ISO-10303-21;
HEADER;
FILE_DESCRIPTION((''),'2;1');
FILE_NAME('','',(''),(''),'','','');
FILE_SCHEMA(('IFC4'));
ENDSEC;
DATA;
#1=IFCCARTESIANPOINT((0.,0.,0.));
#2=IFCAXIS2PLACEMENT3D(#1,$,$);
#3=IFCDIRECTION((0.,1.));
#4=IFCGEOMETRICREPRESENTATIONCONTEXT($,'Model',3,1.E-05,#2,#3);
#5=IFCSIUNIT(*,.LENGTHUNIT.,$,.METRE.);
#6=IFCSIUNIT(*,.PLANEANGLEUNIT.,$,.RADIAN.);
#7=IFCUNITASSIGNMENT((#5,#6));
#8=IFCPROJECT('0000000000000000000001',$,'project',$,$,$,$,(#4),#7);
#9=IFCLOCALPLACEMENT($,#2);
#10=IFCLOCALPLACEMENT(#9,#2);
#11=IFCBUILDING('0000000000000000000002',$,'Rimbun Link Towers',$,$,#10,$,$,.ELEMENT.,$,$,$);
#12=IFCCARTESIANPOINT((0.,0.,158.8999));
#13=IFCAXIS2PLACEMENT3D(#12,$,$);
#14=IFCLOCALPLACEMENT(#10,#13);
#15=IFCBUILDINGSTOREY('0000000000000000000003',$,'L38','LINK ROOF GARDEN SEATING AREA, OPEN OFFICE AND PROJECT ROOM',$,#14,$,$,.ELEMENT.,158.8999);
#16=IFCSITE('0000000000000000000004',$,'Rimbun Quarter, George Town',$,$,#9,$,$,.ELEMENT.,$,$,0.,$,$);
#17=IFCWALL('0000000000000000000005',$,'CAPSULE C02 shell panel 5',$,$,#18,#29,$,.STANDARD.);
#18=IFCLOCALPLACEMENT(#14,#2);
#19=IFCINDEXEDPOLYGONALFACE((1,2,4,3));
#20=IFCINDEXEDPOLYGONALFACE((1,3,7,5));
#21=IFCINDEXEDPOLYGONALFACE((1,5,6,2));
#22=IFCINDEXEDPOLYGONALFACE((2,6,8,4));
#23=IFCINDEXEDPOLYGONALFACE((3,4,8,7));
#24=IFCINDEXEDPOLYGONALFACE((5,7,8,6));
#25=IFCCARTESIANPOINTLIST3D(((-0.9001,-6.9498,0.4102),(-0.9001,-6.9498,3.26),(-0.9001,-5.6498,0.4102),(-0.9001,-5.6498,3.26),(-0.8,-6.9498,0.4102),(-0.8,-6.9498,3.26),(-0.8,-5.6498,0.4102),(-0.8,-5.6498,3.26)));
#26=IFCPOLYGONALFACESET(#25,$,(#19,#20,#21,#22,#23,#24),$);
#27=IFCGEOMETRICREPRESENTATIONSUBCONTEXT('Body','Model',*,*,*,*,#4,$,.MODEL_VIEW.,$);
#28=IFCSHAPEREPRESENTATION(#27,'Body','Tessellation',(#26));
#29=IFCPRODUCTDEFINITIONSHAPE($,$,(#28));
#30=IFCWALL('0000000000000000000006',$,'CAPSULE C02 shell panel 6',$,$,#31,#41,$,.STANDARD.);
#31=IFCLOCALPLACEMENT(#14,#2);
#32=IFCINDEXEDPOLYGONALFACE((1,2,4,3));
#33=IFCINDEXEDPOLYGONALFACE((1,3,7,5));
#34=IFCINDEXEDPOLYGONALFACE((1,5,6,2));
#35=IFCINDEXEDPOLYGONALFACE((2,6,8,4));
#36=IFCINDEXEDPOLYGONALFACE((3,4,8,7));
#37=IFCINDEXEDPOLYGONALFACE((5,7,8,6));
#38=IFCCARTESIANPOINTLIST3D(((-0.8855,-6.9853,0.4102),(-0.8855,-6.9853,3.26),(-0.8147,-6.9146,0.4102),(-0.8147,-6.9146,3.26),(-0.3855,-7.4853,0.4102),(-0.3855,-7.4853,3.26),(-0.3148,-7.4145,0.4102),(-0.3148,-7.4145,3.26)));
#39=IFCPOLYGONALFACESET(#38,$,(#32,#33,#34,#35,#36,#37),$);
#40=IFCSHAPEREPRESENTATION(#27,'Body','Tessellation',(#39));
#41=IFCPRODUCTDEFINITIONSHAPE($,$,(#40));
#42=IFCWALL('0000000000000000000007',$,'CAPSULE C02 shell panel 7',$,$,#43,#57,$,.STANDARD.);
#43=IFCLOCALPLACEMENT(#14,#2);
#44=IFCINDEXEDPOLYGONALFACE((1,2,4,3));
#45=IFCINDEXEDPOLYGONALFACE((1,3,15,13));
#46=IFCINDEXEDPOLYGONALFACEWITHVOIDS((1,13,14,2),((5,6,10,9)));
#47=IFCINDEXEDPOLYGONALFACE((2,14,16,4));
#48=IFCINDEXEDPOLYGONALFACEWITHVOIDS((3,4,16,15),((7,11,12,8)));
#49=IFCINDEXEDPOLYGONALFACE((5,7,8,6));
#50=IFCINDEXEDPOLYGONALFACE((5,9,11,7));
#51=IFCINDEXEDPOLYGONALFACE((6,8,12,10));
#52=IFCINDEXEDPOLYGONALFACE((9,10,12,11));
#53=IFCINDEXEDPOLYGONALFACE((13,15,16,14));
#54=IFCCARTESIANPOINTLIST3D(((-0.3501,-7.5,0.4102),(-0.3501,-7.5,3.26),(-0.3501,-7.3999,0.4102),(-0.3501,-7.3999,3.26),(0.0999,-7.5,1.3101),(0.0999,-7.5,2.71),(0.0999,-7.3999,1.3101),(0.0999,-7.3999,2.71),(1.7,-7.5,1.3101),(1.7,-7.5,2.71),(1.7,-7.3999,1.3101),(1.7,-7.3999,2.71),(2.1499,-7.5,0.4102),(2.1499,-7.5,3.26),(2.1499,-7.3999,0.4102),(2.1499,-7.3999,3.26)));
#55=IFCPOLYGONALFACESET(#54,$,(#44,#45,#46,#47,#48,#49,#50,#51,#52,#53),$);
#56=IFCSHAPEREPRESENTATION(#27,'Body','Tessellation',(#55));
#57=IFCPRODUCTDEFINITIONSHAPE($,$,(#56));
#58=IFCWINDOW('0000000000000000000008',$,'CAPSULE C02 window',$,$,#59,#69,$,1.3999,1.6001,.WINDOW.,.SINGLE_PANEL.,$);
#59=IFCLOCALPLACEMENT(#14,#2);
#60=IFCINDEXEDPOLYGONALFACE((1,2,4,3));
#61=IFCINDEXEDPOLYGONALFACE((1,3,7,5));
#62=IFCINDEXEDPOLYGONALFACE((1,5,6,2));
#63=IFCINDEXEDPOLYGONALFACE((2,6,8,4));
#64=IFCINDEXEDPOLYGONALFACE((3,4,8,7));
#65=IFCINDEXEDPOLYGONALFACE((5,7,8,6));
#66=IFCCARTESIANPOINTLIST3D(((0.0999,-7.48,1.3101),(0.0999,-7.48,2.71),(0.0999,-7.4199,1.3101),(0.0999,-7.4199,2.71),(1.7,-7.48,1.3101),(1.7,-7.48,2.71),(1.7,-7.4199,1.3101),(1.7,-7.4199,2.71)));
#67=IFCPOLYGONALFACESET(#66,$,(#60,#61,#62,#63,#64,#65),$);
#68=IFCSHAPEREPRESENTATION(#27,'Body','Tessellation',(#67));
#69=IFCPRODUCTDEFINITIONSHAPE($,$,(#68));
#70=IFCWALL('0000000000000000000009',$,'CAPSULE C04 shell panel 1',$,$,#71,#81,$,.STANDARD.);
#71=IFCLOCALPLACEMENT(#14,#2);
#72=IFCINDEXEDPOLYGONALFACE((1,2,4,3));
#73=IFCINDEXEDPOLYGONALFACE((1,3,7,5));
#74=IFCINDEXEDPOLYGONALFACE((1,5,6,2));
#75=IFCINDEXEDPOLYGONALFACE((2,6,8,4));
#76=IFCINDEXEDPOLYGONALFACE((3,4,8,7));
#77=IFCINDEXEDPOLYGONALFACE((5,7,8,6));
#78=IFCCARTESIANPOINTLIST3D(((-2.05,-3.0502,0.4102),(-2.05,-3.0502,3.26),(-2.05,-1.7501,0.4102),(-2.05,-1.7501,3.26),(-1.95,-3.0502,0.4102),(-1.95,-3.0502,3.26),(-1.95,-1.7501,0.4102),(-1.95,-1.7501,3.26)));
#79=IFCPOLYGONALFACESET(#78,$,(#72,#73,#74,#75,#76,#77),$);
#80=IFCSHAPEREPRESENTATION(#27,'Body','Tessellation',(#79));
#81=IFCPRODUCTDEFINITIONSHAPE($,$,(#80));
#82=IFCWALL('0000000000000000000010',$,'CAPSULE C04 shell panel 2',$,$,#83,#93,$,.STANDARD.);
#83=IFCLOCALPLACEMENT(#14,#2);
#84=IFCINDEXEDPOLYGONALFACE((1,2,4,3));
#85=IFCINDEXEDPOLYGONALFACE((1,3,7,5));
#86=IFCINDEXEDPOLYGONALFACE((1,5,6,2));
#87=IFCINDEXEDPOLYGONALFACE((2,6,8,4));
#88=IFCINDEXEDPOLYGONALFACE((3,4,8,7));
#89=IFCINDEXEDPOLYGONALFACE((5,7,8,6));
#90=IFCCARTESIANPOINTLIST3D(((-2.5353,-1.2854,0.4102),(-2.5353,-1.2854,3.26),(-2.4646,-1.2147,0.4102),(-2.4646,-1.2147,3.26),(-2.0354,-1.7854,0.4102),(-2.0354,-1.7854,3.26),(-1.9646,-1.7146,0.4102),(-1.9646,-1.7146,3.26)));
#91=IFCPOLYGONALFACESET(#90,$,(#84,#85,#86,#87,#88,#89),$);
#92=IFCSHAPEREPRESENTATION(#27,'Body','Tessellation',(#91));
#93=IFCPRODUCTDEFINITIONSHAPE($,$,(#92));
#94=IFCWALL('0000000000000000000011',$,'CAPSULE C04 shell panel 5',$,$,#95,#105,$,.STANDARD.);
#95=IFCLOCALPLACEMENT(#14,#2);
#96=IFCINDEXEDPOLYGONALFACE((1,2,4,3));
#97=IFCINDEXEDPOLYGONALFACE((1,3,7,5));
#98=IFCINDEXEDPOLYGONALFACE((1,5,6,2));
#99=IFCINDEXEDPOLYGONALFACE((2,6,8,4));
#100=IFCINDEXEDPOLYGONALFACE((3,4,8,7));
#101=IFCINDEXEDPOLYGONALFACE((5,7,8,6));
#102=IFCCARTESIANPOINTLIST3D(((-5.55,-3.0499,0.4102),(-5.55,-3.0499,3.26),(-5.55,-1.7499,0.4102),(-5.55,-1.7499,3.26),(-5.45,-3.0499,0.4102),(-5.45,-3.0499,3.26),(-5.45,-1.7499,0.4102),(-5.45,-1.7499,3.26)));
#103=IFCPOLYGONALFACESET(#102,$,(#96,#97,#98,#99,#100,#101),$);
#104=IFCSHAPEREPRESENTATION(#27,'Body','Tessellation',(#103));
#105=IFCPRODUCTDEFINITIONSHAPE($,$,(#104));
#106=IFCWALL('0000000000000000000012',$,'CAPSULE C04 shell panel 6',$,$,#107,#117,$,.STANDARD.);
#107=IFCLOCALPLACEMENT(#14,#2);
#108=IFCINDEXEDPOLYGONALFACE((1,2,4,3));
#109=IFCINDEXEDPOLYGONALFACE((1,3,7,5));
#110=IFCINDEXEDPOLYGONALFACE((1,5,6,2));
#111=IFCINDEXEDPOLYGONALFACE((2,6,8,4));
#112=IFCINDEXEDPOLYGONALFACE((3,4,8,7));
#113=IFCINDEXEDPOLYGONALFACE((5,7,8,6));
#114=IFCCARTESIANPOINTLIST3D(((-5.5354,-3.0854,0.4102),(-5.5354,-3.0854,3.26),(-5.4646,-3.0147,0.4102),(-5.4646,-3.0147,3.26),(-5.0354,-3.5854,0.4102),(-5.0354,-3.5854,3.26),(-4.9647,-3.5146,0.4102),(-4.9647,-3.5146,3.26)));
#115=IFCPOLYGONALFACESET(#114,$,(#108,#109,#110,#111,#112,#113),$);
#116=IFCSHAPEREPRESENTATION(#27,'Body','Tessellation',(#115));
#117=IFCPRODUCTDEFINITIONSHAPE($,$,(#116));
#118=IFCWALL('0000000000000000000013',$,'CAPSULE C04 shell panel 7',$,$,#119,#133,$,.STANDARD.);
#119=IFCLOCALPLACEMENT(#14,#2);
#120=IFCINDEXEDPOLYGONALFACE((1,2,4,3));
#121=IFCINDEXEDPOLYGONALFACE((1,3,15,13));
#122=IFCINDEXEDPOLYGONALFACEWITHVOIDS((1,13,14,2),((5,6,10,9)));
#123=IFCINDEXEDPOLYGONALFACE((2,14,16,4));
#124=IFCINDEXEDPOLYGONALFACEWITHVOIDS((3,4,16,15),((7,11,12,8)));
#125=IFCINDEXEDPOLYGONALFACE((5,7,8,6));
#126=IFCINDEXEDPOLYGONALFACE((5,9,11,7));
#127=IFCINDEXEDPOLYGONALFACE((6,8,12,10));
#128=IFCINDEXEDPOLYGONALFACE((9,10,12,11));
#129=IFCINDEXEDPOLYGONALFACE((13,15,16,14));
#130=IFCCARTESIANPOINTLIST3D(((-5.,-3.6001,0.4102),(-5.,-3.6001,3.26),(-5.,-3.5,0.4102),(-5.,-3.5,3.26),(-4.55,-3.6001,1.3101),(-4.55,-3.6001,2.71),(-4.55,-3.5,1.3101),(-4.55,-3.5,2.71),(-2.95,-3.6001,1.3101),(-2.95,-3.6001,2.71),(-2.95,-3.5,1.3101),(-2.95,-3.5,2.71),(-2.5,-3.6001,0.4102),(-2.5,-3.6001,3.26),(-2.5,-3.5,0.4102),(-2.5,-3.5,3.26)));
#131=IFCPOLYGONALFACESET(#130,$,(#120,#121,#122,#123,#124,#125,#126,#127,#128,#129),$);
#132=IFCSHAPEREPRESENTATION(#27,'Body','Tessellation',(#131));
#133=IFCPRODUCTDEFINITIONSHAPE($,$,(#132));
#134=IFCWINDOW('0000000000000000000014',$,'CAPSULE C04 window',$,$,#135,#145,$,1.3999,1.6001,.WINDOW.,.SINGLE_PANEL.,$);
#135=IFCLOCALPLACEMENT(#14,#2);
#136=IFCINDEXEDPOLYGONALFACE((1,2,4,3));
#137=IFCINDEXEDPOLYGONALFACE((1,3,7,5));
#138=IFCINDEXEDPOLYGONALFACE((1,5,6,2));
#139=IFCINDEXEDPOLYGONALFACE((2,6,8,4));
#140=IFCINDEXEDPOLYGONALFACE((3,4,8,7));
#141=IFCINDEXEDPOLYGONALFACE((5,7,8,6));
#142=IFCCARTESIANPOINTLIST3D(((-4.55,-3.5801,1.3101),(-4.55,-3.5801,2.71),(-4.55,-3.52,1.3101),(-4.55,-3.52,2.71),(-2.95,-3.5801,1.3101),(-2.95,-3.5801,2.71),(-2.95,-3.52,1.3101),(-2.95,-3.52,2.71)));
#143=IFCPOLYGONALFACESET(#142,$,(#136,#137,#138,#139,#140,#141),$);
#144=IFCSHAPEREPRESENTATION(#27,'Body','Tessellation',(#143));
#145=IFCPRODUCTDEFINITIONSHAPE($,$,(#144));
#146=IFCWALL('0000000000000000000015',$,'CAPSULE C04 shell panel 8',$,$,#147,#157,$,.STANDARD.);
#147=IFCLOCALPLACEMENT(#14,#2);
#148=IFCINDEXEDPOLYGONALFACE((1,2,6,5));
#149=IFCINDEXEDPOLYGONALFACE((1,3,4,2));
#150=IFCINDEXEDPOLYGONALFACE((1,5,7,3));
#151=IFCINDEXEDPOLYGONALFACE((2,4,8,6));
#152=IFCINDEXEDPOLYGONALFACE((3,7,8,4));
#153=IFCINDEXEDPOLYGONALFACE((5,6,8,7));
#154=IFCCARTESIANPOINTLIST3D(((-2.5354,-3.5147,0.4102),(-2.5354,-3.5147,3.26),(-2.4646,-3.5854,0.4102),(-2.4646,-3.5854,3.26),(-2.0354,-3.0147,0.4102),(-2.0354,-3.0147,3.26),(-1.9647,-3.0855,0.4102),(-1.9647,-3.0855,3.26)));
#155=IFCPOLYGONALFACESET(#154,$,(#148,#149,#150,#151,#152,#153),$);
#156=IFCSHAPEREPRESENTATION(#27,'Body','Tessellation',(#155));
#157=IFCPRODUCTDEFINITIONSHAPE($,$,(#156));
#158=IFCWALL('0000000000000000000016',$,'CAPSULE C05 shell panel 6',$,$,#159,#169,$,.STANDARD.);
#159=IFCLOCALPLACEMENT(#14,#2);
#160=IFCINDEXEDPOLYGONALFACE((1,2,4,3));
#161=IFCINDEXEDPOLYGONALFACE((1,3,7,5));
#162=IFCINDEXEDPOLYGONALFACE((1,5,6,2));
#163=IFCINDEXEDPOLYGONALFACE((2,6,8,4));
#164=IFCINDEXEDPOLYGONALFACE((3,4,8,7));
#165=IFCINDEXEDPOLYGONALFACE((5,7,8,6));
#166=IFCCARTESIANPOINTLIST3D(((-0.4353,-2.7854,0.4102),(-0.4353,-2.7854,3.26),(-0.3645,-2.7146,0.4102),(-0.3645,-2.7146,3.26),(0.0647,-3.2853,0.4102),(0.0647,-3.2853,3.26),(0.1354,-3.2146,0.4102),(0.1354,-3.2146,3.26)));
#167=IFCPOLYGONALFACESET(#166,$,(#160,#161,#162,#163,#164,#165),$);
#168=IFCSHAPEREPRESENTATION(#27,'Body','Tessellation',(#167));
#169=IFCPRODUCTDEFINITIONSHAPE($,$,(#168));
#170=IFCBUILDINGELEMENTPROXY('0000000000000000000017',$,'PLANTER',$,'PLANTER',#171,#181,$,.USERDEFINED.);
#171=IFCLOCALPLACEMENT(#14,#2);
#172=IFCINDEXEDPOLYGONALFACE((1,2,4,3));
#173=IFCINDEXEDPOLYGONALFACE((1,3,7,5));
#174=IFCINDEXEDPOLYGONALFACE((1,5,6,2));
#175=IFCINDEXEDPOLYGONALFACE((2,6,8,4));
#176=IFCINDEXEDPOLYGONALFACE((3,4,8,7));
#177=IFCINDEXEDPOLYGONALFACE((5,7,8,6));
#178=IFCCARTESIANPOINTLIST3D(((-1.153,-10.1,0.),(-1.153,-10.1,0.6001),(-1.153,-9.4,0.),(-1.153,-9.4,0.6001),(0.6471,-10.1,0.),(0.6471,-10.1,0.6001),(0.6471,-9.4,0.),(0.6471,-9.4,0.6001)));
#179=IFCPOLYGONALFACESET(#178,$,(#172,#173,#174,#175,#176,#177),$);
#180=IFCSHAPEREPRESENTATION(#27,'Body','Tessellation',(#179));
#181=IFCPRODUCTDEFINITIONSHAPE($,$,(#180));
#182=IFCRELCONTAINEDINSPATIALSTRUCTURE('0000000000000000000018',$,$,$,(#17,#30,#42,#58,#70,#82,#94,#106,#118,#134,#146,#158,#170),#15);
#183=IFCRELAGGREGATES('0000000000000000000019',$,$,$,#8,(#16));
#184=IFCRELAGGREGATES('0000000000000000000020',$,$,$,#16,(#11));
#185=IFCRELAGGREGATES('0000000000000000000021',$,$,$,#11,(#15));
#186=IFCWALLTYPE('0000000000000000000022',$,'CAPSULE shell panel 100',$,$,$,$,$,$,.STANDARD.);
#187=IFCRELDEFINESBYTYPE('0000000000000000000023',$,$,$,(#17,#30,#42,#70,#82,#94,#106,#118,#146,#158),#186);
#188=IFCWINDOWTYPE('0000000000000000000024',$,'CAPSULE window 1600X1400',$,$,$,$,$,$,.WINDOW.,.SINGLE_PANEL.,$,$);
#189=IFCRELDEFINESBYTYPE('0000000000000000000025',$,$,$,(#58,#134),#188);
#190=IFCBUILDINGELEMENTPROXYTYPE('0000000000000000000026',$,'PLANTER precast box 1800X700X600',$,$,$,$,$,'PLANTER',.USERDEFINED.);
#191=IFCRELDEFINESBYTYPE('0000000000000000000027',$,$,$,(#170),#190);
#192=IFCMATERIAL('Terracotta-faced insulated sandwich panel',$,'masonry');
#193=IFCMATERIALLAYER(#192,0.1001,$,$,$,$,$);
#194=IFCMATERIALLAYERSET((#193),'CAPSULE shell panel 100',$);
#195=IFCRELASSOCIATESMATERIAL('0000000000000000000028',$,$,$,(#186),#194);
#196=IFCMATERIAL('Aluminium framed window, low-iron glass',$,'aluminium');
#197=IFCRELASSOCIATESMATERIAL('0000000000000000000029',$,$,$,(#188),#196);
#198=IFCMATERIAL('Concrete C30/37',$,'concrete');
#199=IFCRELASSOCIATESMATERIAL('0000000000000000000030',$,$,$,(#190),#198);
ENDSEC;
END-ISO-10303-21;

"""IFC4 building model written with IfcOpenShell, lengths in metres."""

from ifc_helpers import new_model, si_unit, direction, frame, frame_2d, origin, origin_2d, place, context, subcontext, project, spatial, rectangle, extrude, material, layer, layer_set, type_object, element, fill, save


model = new_model("IFC4")

# Units and contexts
model_context = context("Model", 3, precision=1e-05, world=origin(), true_north=direction((0.0, 1.0)))
body_context = subcontext(model_context, "Body", "Model", "MODEL_VIEW")
ifc_project = project(units=[si_unit("LENGTHUNIT", "METRE"), si_unit("PLANEANGLEUNIT", "RADIAN")], contexts=[model_context])

# Site, building, storey
site_placement = place(None, origin())
site = spatial("IfcSite", under=ifc_project, at=site_placement, Name="Rimbun Quarter, George Town", CompositionType="ELEMENT", RefElevation=0.0)
building_placement = place(site_placement, origin())
building = spatial("IfcBuilding", under=site, at=building_placement, Name="Rimbun Link Towers", CompositionType="ELEMENT")
storey_placement = place(building_placement, frame((0.0, 0.0, 158.8999)))
storey = spatial("IfcBuildingStorey", under=building, at=storey_placement, Name="L38", Description="LINK ROOF GARDEN SEATING AREA, OPEN OFFICE AND PROJECT ROOM", CompositionType="ELEMENT", Elevation=158.8999)

# Shared definitions
ifc_material_1 = material(Name="Terracotta-faced insulated sandwich panel", Category="masonry")
ifc_layer_1 = layer(ifc_material_1, 0.1001)
ifc_layer_set_1 = layer_set([ifc_layer_1], Name="CAPSULE shell panel 100")
wall_type_1 = type_object("IfcWallType", Name="CAPSULE shell panel 100", PredefinedType="STANDARD", material=ifc_layer_set_1)

# Shared definitions
ifc_material_2 = material(Name="Aluminium framed window, low-iron glass", Category="aluminium")
window_type = type_object("IfcWindowType", Name="CAPSULE window 1600X1400", PartitioningType="SINGLE_PANEL", PredefinedType="WINDOW", material=ifc_material_2)

# Walls
wall_1_placement = place(storey_placement, frame((-0.8501, -5.6499, 0.4102), z_axis=(0.0, 0.0, 1.0), x_axis=(0.0, -1.0, 0.0)))
element("IfcWall", 1, at=wall_1_placement, inside=storey, type_object=wall_type_1, Name="CAPSULE C02 shell panel 5", PredefinedType="STANDARD", context=body_context, shape_type="SweptSolid", body=[
    extrude(rectangle(XDim=1.3, YDim=0.1001, at=frame_2d((0.6499, 0.0))), origin(), (0.0, 0.0, 1.0), 2.8499),
])
wall_2_placement = place(storey_placement, frame((-0.8501, -6.95, 0.4102), z_axis=(0.0, 0.0, 1.0), x_axis=(0.707107, -0.707107, 0.0)))
element("IfcWall", 2, at=wall_2_placement, inside=storey, type_object=wall_type_1, Name="CAPSULE C02 shell panel 6", PredefinedType="STANDARD", context=body_context, shape_type="SweptSolid", body=[
    extrude(rectangle(XDim=0.707, YDim=0.1001, at=frame_2d((0.3535, 0.0))), origin(), (0.0, 0.0, 1.0), 2.8499),
])

# Wall, opening, window
wall_3_placement = place(storey_placement, frame((-0.3501, -7.45, 0.4102), z_axis=(0.0, 0.0, 1.0), x_axis=(1.0, 0.0, 0.0)))
wall_3 = element("IfcWall", 3, at=wall_3_placement, inside=storey, type_object=wall_type_1, Name="CAPSULE C02 shell panel 7", PredefinedType="STANDARD", context=body_context, shape_type="SweptSolid", body=[
    extrude(rectangle(XDim=2.5, YDim=0.1001, at=frame_2d((1.25, 0.0))), origin(), (0.0, 0.0, 1.0), 2.8499),
])
opening_1_placement = place(wall_3_placement, frame((0.45, 0.0, 0.8999)))
opening_1 = element("IfcOpeningElement", 4, at=opening_1_placement, cuts=wall_3, PredefinedType="OPENING", context=body_context, shape_type="SweptSolid", body=[
    extrude(rectangle(XDim=1.6001, YDim=1.3999, at=frame_2d((0.8, 0.7))), frame((0.0, 0.0601, 0.0), z_axis=(0.0, -1.0, 0.0), x_axis=(1.0, 0.0, 0.0)), (0.0, 0.0, 1.0), 0.1201),
])
window_1_placement = place(opening_1_placement, origin())
window_1 = element("IfcWindow", 5, at=window_1_placement, inside=storey, type_object=window_type, Name="CAPSULE C02 window", OverallHeight=1.3999, OverallWidth=1.6001, PartitioningType="SINGLE_PANEL", PredefinedType="WINDOW", context=body_context, shape_type="SweptSolid", body=[
    extrude(rectangle(XDim=1.6001, YDim=1.3999, at=frame_2d((0.8, 0.7))), frame((0.0, 0.03, 0.0), z_axis=(0.0, -1.0, 0.0), x_axis=(1.0, 0.0, 0.0)), (0.0, 0.0, 1.0), 0.0601),
])
fill(opening_1, window_1)

# Walls
wall_4_placement = place(storey_placement, frame((-2.0, -3.05, 0.4102), z_axis=(0.0, 0.0, 1.0), x_axis=(0.0, 1.0, 0.0)))
element("IfcWall", 6, at=wall_4_placement, inside=storey, type_object=wall_type_1, Name="CAPSULE C04 shell panel 1", PredefinedType="STANDARD", context=body_context, shape_type="SweptSolid", body=[
    extrude(rectangle(XDim=1.3, YDim=0.1001, at=frame_2d((0.6499, 0.0))), origin(), (0.0, 0.0, 1.0), 2.8499),
])
wall_5_placement = place(storey_placement, frame((-2.0, -1.75, 0.4102), z_axis=(0.0, 0.0, 1.0), x_axis=(-0.707107, 0.707107, 0.0)))
element("IfcWall", 7, at=wall_5_placement, inside=storey, type_object=wall_type_1, Name="CAPSULE C04 shell panel 2", PredefinedType="STANDARD", context=body_context, shape_type="SweptSolid", body=[
    extrude(rectangle(XDim=0.707, YDim=0.1001, at=frame_2d((0.3535, 0.0))), origin(), (0.0, 0.0, 1.0), 2.8499),
])
wall_6_placement = place(storey_placement, frame((-5.5, -1.75, 0.4102), z_axis=(0.0, 0.0, 1.0), x_axis=(0.0, -1.0, 0.0)))
element("IfcWall", 8, at=wall_6_placement, inside=storey, type_object=wall_type_1, Name="CAPSULE C04 shell panel 5", PredefinedType="STANDARD", context=body_context, shape_type="SweptSolid", body=[
    extrude(rectangle(XDim=1.3, YDim=0.1001, at=frame_2d((0.6499, 0.0))), origin(), (0.0, 0.0, 1.0), 2.8499),
])
wall_7_placement = place(storey_placement, frame((-5.5, -3.05, 0.4102), z_axis=(0.0, 0.0, 1.0), x_axis=(0.707107, -0.707107, 0.0)))
element("IfcWall", 9, at=wall_7_placement, inside=storey, type_object=wall_type_1, Name="CAPSULE C04 shell panel 6", PredefinedType="STANDARD", context=body_context, shape_type="SweptSolid", body=[
    extrude(rectangle(XDim=0.707, YDim=0.1001, at=frame_2d((0.3535, 0.0))), origin(), (0.0, 0.0, 1.0), 2.8499),
])

# Wall, opening, window
wall_8_placement = place(storey_placement, frame((-5.0, -3.55, 0.4102), z_axis=(0.0, 0.0, 1.0), x_axis=(1.0, 0.0, 0.0)))
wall_8 = element("IfcWall", 10, at=wall_8_placement, inside=storey, type_object=wall_type_1, Name="CAPSULE C04 shell panel 7", PredefinedType="STANDARD", context=body_context, shape_type="SweptSolid", body=[
    extrude(rectangle(XDim=2.5, YDim=0.1001, at=frame_2d((1.25, 0.0))), origin(), (0.0, 0.0, 1.0), 2.8499),
])
opening_2_placement = place(wall_8_placement, frame((0.45, 0.0, 0.8999)))
opening_2 = element("IfcOpeningElement", 11, at=opening_2_placement, cuts=wall_8, PredefinedType="OPENING", context=body_context, shape_type="SweptSolid", body=[
    extrude(rectangle(XDim=1.6001, YDim=1.3999, at=frame_2d((0.8, 0.7))), frame((0.0, 0.0601, 0.0), z_axis=(0.0, -1.0, 0.0), x_axis=(1.0, 0.0, 0.0)), (0.0, 0.0, 1.0), 0.1201),
])
window_2_placement = place(opening_2_placement, origin())
window_2 = element("IfcWindow", 12, at=window_2_placement, inside=storey, type_object=window_type, Name="CAPSULE C04 window", OverallHeight=1.3999, OverallWidth=1.6001, PartitioningType="SINGLE_PANEL", PredefinedType="WINDOW", context=body_context, shape_type="SweptSolid", body=[
    extrude(rectangle(XDim=1.6001, YDim=1.3999, at=frame_2d((0.8, 0.7))), frame((0.0, 0.03, 0.0), z_axis=(0.0, -1.0, 0.0), x_axis=(1.0, 0.0, 0.0)), (0.0, 0.0, 1.0), 0.0601),
])
fill(opening_2, window_2)

# Walls
for number, where, z_axis, x_axis, name in (
    (13, (-2.5, -3.55, 0.4102), (0.0, 0.0, 1.0), (0.707107, 0.707107, 0.0), "CAPSULE C04 shell panel 8"),
    (14, (-0.3999, -2.75, 0.4102), (0.0, 0.0, 1.0), (0.707107, -0.707107, 0.0), "CAPSULE C05 shell panel 6"),
):
    element("IfcWall", number, at=place(storey_placement, frame(where, z_axis=z_axis, x_axis=x_axis)), inside=storey, type_object=wall_type_1, Name=name, PredefinedType="STANDARD", context=body_context, shape_type="SweptSolid", body=[
        extrude(rectangle(XDim=0.707, YDim=0.1001, at=frame_2d((0.3535, 0.0))), origin(), (0.0, 0.0, 1.0), 2.8499),
    ])

# Building element proxy
ifc_material_3 = material(Name="Concrete C30/37", Category="concrete")
building_element_proxy_type = type_object("IfcBuildingElementProxyType", Name="PLANTER precast box 1800X700X600", ElementType="PLANTER", PredefinedType="USERDEFINED", material=ifc_material_3)
proxy_placement = place(storey_placement, frame((-0.2529, -9.75, 0.0), z_axis=(0.0, 0.0, 1.0), x_axis=(1.0, 0.0, 0.0)))
element("IfcBuildingElementProxy", 15, at=proxy_placement, inside=storey, type_object=building_element_proxy_type, Name="PLANTER", ObjectType="PLANTER", PredefinedType="USERDEFINED", context=body_context, shape_type="SweptSolid", body=[
    extrude(rectangle(XDim=1.8, YDim=0.7, at=origin_2d()), origin(), (0.0, 0.0, 1.0), 0.6001),
])

save(model, "model.ifc")
